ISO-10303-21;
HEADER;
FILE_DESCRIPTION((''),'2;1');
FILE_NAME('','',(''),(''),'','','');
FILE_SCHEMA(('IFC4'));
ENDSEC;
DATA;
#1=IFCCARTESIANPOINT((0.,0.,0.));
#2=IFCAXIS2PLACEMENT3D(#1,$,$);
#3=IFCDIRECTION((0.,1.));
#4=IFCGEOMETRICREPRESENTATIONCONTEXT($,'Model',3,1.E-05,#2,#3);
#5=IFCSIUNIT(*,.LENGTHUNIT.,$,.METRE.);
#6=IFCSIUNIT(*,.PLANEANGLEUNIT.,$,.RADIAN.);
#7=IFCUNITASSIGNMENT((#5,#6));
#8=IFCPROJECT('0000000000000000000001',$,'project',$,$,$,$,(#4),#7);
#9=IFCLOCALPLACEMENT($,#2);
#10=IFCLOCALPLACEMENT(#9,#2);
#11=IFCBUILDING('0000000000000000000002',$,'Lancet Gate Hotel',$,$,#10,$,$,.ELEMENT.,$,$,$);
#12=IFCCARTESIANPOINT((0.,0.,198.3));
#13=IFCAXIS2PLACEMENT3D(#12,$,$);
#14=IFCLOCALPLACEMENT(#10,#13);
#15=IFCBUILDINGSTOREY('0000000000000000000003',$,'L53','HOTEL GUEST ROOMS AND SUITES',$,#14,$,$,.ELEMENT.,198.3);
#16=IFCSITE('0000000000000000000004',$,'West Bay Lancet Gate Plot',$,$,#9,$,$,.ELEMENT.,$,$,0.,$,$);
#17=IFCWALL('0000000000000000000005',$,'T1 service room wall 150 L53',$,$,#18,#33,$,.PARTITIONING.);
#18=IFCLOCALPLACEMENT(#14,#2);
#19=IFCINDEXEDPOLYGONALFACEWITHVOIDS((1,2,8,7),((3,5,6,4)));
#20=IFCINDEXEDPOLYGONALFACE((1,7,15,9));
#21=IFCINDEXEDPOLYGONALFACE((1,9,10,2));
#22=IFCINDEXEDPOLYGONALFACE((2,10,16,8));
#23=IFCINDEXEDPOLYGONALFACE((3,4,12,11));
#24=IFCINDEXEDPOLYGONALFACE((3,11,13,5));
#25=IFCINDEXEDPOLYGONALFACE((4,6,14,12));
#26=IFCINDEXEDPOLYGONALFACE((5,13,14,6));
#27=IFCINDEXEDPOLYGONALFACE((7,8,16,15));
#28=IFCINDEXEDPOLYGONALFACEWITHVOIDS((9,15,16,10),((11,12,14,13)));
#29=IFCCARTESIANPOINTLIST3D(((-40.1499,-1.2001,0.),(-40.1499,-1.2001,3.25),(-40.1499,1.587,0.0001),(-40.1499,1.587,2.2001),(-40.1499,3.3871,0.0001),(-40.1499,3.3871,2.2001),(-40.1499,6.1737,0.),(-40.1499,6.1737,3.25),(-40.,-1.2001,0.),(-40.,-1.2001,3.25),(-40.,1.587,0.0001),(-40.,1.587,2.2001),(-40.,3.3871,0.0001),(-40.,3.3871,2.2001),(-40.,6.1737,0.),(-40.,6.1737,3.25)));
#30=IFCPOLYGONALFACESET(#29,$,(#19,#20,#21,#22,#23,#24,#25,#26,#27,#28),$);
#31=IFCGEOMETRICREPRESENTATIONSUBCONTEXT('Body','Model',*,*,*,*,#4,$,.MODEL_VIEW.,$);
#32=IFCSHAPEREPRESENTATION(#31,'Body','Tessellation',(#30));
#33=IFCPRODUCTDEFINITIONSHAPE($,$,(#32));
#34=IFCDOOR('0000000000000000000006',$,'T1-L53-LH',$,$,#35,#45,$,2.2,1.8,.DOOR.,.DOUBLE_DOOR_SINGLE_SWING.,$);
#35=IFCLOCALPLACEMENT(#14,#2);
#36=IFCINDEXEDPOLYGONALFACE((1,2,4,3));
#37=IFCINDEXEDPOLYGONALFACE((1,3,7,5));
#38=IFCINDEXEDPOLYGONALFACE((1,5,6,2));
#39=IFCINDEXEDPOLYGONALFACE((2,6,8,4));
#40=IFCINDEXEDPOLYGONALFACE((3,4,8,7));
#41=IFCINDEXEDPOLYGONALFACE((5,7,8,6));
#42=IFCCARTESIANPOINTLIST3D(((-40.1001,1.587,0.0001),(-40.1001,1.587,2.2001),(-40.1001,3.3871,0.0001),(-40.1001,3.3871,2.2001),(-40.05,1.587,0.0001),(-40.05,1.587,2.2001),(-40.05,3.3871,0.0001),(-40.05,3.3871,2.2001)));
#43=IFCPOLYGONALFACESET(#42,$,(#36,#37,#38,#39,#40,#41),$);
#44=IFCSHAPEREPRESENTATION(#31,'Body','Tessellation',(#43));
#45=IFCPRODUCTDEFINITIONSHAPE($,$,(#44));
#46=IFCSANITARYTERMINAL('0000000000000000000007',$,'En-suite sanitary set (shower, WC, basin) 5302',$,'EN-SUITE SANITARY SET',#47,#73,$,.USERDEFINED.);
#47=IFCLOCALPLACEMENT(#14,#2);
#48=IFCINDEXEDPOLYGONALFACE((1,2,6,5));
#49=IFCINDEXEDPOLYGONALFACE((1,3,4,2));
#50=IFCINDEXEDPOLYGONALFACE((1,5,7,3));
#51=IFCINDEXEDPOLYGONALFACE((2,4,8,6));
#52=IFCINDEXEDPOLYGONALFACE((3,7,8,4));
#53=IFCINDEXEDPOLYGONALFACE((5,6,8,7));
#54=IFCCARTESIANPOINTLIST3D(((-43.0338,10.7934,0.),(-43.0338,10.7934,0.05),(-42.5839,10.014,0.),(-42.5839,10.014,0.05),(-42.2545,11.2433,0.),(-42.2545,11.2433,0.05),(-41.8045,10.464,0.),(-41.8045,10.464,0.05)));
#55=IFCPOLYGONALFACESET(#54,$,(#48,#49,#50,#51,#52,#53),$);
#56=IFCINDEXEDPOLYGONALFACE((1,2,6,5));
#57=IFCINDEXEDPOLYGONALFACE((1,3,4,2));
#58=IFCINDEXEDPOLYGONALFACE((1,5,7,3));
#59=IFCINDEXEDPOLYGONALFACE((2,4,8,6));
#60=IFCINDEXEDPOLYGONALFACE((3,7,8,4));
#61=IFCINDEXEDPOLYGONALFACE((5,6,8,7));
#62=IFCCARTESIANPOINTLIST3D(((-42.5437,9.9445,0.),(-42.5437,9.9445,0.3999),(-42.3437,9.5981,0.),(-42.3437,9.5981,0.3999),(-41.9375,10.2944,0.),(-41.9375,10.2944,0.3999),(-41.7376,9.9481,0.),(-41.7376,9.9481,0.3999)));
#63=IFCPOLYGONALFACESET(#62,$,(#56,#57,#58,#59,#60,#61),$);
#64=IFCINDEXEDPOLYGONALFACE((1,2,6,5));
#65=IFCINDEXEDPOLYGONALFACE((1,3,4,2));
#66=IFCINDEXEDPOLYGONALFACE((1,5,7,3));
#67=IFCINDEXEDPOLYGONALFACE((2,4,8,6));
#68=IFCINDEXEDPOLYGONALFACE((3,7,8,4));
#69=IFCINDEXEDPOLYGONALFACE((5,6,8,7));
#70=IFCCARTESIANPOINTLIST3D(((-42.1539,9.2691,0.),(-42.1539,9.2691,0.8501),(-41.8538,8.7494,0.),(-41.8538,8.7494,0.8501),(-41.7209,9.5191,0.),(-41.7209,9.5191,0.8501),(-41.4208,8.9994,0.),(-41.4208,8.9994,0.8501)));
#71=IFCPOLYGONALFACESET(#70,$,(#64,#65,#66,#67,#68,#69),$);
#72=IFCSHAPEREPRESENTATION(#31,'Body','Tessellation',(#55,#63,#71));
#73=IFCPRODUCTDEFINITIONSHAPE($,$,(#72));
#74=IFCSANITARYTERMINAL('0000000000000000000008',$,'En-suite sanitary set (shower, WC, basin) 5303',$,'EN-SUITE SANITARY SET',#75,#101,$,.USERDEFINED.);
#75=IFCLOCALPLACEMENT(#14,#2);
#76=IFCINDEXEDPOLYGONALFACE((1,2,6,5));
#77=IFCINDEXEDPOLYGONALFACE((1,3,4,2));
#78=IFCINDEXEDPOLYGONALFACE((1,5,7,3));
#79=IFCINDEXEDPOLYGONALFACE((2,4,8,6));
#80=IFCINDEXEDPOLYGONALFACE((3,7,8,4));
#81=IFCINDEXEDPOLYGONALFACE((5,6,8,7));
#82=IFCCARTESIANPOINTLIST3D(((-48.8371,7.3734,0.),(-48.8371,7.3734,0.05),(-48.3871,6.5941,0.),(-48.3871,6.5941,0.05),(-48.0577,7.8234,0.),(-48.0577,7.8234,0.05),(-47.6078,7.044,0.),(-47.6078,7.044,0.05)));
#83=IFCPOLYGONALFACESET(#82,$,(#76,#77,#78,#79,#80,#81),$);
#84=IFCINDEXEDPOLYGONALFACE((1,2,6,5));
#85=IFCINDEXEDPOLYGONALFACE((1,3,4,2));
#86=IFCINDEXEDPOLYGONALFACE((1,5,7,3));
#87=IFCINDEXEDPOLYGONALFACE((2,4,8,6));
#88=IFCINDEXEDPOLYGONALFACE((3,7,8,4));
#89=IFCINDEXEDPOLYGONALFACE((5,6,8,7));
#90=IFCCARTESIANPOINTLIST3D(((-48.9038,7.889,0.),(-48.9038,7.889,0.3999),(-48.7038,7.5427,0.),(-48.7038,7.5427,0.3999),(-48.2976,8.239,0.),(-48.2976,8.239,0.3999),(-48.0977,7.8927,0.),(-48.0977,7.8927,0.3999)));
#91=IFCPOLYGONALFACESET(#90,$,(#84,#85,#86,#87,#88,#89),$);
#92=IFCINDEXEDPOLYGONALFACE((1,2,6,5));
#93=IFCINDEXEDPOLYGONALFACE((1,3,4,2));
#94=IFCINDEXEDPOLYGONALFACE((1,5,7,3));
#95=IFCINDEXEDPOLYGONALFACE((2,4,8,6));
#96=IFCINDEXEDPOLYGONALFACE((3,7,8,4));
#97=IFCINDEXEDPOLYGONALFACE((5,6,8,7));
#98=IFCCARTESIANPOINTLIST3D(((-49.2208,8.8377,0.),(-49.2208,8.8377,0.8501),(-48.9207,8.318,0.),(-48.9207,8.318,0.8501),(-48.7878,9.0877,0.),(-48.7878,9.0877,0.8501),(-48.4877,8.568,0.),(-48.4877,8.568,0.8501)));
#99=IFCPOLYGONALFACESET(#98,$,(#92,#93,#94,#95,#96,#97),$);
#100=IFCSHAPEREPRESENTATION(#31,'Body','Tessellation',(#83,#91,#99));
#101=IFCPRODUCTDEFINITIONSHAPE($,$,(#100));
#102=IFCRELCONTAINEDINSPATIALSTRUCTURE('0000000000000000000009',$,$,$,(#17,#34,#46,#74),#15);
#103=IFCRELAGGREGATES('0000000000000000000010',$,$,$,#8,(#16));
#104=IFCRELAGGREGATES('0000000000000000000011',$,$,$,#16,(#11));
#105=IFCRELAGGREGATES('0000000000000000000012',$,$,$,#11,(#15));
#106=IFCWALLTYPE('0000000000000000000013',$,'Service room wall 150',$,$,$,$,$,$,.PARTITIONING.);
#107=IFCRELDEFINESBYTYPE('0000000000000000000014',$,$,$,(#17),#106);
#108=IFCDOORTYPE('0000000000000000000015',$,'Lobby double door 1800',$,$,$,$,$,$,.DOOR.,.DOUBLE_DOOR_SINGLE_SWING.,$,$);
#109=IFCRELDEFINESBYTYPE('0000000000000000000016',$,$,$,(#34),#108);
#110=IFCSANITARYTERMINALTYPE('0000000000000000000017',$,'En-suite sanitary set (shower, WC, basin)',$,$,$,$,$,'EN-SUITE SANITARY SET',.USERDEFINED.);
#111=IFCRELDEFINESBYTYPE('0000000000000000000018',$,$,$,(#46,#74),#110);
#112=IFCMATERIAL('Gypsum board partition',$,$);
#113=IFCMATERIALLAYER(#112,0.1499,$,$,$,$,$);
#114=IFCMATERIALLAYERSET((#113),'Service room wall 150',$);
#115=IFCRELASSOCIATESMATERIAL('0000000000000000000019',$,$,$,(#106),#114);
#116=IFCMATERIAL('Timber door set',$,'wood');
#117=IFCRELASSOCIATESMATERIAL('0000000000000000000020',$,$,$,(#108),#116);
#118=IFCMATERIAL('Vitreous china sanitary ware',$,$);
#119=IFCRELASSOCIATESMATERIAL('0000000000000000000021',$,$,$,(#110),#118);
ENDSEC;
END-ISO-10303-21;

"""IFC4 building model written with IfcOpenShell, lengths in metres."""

from ifc_helpers import new_model, si_unit, direction, frame, frame_2d, origin, origin_2d, place, context, subcontext, project, spatial, rectangle, extrude, material, layer, layer_set, type_object, element, fill, save


model = new_model("IFC4")

# Units and contexts
model_context = context("Model", 3, precision=1e-05, world=origin(), true_north=direction((0.0, 1.0)))
body_context = subcontext(model_context, "Body", "Model", "MODEL_VIEW")
ifc_project = project(units=[si_unit("LENGTHUNIT", "METRE"), si_unit("PLANEANGLEUNIT", "RADIAN")], contexts=[model_context])

# Site, building, storey
site_placement = place(None, origin())
site = spatial("IfcSite", under=ifc_project, at=site_placement, Name="West Bay Lancet Gate Plot", CompositionType="ELEMENT", RefElevation=0.0)
building_placement = place(site_placement, origin())
building = spatial("IfcBuilding", under=site, at=building_placement, Name="Lancet Gate Hotel", CompositionType="ELEMENT")
storey_placement = place(building_placement, frame((0.0, 0.0, 198.3)))
storey = spatial("IfcBuildingStorey", under=building, at=storey_placement, Name="L53", Description="HOTEL GUEST ROOMS AND SUITES", CompositionType="ELEMENT", Elevation=198.3)

# Wall, opening, door
ifc_material_1 = material(Name="Gypsum board partition")
ifc_layer_1 = layer(ifc_material_1, 0.1499)
ifc_layer_set_1 = layer_set([ifc_layer_1], Name="Service room wall 150")
wall_type_1 = type_object("IfcWallType", Name="Service room wall 150", PredefinedType="PARTITIONING", material=ifc_layer_set_1)
wall_1_placement = place(storey_placement, frame((-40.075, 6.1738, 0.0), z_axis=(0.0, 0.0, 1.0), x_axis=(0.0, -1.0, 0.0)))
wall_1 = element("IfcWall", 1, at=wall_1_placement, inside=storey, type_object=wall_type_1, Name="T1 service room wall 150 L53", PredefinedType="PARTITIONING", context=body_context, shape_type="SweptSolid", body=[
    extrude(rectangle(XDim=7.3738, YDim=0.1499, at=frame_2d((3.687, 0.0))), origin(), (0.0, 0.0, 1.0), 3.25),
])
opening_1_placement = place(wall_1_placement, frame((2.7869, 0.0, 0.0)))
opening_1 = element("IfcOpeningElement", 2, at=opening_1_placement, cuts=wall_1, PredefinedType="OPENING", context=body_context, shape_type="SweptSolid", body=[
    extrude(rectangle(XDim=1.8, YDim=2.2, at=frame_2d((0.8999, 1.1001))), frame((0.0, 0.085, 0.0), z_axis=(0.0, -1.0, 0.0), x_axis=(1.0, 0.0, 0.0)), (0.0, 0.0, 1.0), 0.1699),
])
ifc_material_2 = material(Name="Timber door set", Category="wood")
door_type_1 = type_object("IfcDoorType", Name="Lobby double door 1800", OperationType="DOUBLE_DOOR_SINGLE_SWING", PredefinedType="DOOR", material=ifc_material_2)
door_1_placement = place(opening_1_placement, origin())
door_1 = element("IfcDoor", 3, at=door_1_placement, inside=storey, type_object=door_type_1, Name="T1-L53-LH", OperationType="DOUBLE_DOOR_SINGLE_SWING", OverallHeight=2.2, OverallWidth=1.8, PredefinedType="DOOR", context=body_context, shape_type="SweptSolid", body=[
    extrude(rectangle(XDim=1.8, YDim=2.2, at=frame_2d((0.8999, 1.1001))), frame((0.0, 0.0249, 0.0), z_axis=(0.0, -1.0, 0.0), x_axis=(1.0, 0.0, 0.0)), (0.0, 0.0, 1.0), 0.05),
])
fill(opening_1, door_1)

# Sanitary terminals
ifc_material_3 = material(Name="Vitreous china sanitary ware")
sanitary_terminal_type = type_object("IfcSanitaryTerminalType", Name="En-suite sanitary set (shower, WC, basin)", ElementType="EN-SUITE SANITARY SET", PredefinedType="USERDEFINED", material=ifc_material_3)
sanitary_terminal_1_placement = place(storey_placement, frame((-42.4192, 10.6287, 0.0), z_axis=(0.0, 0.0, 1.0), x_axis=(1.0, 0.0, 0.0)))
element("IfcSanitaryTerminal", 4, at=sanitary_terminal_1_placement, inside=storey, type_object=sanitary_terminal_type, Name="En-suite sanitary set (shower, WC, basin) 5302", ObjectType="EN-SUITE SANITARY SET", PredefinedType="USERDEFINED", context=body_context, shape_type="SweptSolid", body=[
    extrude(rectangle(XDim=0.8999, YDim=0.8999, at=origin_2d()), frame((0.0, 0.0, 0.0), z_axis=(0.0, 0.0, 1.0), x_axis=(-0.5, 0.866025, 0.0)), (0.0, 0.0, 1.0), 0.05),
    extrude(rectangle(XDim=0.3999, YDim=0.7, at=origin_2d()), frame((0.2786, -0.6824, 0.0), z_axis=(0.0, 0.0, 1.0), x_axis=(-0.5, 0.866025, 0.0)), (0.0, 0.0, 1.0), 0.3999),
    extrude(rectangle(XDim=0.6001, YDim=0.5, at=origin_2d()), frame((0.6318, -1.4944, 0.0), z_axis=(0.0, 0.0, 1.0), x_axis=(-0.5, 0.866025, 0.0)), (0.0, 0.0, 1.0), 0.8501),
])
sanitary_terminal_2_placement = place(storey_placement, frame((-48.2224, 7.2087, 0.0), z_axis=(0.0, 0.0, 1.0), x_axis=(1.0, 0.0, 0.0)))
element("IfcSanitaryTerminal", 5, at=sanitary_terminal_2_placement, inside=storey, type_object=sanitary_terminal_type, Name="En-suite sanitary set (shower, WC, basin) 5303", ObjectType="EN-SUITE SANITARY SET", PredefinedType="USERDEFINED", context=body_context, shape_type="SweptSolid", body=[
    extrude(rectangle(XDim=0.8999, YDim=0.8999, at=origin_2d()), frame((0.0, 0.0, 0.0), z_axis=(0.0, 0.0, 1.0), x_axis=(0.5, -0.866025, 0.0)), (0.0, 0.0, 1.0), 0.05),
    extrude(rectangle(XDim=0.3999, YDim=0.7, at=origin_2d()), frame((-0.2783, 0.6821, 0.0), z_axis=(0.0, 0.0, 1.0), x_axis=(0.5, -0.866025, 0.0)), (0.0, 0.0, 1.0), 0.3999),
    extrude(rectangle(XDim=0.6001, YDim=0.5, at=origin_2d()), frame((-0.6318, 1.4941, 0.0), z_axis=(0.0, 0.0, 1.0), x_axis=(0.5, -0.866025, 0.0)), (0.0, 0.0, 1.0), 0.8501),
])

save(model, "model.ifc")
